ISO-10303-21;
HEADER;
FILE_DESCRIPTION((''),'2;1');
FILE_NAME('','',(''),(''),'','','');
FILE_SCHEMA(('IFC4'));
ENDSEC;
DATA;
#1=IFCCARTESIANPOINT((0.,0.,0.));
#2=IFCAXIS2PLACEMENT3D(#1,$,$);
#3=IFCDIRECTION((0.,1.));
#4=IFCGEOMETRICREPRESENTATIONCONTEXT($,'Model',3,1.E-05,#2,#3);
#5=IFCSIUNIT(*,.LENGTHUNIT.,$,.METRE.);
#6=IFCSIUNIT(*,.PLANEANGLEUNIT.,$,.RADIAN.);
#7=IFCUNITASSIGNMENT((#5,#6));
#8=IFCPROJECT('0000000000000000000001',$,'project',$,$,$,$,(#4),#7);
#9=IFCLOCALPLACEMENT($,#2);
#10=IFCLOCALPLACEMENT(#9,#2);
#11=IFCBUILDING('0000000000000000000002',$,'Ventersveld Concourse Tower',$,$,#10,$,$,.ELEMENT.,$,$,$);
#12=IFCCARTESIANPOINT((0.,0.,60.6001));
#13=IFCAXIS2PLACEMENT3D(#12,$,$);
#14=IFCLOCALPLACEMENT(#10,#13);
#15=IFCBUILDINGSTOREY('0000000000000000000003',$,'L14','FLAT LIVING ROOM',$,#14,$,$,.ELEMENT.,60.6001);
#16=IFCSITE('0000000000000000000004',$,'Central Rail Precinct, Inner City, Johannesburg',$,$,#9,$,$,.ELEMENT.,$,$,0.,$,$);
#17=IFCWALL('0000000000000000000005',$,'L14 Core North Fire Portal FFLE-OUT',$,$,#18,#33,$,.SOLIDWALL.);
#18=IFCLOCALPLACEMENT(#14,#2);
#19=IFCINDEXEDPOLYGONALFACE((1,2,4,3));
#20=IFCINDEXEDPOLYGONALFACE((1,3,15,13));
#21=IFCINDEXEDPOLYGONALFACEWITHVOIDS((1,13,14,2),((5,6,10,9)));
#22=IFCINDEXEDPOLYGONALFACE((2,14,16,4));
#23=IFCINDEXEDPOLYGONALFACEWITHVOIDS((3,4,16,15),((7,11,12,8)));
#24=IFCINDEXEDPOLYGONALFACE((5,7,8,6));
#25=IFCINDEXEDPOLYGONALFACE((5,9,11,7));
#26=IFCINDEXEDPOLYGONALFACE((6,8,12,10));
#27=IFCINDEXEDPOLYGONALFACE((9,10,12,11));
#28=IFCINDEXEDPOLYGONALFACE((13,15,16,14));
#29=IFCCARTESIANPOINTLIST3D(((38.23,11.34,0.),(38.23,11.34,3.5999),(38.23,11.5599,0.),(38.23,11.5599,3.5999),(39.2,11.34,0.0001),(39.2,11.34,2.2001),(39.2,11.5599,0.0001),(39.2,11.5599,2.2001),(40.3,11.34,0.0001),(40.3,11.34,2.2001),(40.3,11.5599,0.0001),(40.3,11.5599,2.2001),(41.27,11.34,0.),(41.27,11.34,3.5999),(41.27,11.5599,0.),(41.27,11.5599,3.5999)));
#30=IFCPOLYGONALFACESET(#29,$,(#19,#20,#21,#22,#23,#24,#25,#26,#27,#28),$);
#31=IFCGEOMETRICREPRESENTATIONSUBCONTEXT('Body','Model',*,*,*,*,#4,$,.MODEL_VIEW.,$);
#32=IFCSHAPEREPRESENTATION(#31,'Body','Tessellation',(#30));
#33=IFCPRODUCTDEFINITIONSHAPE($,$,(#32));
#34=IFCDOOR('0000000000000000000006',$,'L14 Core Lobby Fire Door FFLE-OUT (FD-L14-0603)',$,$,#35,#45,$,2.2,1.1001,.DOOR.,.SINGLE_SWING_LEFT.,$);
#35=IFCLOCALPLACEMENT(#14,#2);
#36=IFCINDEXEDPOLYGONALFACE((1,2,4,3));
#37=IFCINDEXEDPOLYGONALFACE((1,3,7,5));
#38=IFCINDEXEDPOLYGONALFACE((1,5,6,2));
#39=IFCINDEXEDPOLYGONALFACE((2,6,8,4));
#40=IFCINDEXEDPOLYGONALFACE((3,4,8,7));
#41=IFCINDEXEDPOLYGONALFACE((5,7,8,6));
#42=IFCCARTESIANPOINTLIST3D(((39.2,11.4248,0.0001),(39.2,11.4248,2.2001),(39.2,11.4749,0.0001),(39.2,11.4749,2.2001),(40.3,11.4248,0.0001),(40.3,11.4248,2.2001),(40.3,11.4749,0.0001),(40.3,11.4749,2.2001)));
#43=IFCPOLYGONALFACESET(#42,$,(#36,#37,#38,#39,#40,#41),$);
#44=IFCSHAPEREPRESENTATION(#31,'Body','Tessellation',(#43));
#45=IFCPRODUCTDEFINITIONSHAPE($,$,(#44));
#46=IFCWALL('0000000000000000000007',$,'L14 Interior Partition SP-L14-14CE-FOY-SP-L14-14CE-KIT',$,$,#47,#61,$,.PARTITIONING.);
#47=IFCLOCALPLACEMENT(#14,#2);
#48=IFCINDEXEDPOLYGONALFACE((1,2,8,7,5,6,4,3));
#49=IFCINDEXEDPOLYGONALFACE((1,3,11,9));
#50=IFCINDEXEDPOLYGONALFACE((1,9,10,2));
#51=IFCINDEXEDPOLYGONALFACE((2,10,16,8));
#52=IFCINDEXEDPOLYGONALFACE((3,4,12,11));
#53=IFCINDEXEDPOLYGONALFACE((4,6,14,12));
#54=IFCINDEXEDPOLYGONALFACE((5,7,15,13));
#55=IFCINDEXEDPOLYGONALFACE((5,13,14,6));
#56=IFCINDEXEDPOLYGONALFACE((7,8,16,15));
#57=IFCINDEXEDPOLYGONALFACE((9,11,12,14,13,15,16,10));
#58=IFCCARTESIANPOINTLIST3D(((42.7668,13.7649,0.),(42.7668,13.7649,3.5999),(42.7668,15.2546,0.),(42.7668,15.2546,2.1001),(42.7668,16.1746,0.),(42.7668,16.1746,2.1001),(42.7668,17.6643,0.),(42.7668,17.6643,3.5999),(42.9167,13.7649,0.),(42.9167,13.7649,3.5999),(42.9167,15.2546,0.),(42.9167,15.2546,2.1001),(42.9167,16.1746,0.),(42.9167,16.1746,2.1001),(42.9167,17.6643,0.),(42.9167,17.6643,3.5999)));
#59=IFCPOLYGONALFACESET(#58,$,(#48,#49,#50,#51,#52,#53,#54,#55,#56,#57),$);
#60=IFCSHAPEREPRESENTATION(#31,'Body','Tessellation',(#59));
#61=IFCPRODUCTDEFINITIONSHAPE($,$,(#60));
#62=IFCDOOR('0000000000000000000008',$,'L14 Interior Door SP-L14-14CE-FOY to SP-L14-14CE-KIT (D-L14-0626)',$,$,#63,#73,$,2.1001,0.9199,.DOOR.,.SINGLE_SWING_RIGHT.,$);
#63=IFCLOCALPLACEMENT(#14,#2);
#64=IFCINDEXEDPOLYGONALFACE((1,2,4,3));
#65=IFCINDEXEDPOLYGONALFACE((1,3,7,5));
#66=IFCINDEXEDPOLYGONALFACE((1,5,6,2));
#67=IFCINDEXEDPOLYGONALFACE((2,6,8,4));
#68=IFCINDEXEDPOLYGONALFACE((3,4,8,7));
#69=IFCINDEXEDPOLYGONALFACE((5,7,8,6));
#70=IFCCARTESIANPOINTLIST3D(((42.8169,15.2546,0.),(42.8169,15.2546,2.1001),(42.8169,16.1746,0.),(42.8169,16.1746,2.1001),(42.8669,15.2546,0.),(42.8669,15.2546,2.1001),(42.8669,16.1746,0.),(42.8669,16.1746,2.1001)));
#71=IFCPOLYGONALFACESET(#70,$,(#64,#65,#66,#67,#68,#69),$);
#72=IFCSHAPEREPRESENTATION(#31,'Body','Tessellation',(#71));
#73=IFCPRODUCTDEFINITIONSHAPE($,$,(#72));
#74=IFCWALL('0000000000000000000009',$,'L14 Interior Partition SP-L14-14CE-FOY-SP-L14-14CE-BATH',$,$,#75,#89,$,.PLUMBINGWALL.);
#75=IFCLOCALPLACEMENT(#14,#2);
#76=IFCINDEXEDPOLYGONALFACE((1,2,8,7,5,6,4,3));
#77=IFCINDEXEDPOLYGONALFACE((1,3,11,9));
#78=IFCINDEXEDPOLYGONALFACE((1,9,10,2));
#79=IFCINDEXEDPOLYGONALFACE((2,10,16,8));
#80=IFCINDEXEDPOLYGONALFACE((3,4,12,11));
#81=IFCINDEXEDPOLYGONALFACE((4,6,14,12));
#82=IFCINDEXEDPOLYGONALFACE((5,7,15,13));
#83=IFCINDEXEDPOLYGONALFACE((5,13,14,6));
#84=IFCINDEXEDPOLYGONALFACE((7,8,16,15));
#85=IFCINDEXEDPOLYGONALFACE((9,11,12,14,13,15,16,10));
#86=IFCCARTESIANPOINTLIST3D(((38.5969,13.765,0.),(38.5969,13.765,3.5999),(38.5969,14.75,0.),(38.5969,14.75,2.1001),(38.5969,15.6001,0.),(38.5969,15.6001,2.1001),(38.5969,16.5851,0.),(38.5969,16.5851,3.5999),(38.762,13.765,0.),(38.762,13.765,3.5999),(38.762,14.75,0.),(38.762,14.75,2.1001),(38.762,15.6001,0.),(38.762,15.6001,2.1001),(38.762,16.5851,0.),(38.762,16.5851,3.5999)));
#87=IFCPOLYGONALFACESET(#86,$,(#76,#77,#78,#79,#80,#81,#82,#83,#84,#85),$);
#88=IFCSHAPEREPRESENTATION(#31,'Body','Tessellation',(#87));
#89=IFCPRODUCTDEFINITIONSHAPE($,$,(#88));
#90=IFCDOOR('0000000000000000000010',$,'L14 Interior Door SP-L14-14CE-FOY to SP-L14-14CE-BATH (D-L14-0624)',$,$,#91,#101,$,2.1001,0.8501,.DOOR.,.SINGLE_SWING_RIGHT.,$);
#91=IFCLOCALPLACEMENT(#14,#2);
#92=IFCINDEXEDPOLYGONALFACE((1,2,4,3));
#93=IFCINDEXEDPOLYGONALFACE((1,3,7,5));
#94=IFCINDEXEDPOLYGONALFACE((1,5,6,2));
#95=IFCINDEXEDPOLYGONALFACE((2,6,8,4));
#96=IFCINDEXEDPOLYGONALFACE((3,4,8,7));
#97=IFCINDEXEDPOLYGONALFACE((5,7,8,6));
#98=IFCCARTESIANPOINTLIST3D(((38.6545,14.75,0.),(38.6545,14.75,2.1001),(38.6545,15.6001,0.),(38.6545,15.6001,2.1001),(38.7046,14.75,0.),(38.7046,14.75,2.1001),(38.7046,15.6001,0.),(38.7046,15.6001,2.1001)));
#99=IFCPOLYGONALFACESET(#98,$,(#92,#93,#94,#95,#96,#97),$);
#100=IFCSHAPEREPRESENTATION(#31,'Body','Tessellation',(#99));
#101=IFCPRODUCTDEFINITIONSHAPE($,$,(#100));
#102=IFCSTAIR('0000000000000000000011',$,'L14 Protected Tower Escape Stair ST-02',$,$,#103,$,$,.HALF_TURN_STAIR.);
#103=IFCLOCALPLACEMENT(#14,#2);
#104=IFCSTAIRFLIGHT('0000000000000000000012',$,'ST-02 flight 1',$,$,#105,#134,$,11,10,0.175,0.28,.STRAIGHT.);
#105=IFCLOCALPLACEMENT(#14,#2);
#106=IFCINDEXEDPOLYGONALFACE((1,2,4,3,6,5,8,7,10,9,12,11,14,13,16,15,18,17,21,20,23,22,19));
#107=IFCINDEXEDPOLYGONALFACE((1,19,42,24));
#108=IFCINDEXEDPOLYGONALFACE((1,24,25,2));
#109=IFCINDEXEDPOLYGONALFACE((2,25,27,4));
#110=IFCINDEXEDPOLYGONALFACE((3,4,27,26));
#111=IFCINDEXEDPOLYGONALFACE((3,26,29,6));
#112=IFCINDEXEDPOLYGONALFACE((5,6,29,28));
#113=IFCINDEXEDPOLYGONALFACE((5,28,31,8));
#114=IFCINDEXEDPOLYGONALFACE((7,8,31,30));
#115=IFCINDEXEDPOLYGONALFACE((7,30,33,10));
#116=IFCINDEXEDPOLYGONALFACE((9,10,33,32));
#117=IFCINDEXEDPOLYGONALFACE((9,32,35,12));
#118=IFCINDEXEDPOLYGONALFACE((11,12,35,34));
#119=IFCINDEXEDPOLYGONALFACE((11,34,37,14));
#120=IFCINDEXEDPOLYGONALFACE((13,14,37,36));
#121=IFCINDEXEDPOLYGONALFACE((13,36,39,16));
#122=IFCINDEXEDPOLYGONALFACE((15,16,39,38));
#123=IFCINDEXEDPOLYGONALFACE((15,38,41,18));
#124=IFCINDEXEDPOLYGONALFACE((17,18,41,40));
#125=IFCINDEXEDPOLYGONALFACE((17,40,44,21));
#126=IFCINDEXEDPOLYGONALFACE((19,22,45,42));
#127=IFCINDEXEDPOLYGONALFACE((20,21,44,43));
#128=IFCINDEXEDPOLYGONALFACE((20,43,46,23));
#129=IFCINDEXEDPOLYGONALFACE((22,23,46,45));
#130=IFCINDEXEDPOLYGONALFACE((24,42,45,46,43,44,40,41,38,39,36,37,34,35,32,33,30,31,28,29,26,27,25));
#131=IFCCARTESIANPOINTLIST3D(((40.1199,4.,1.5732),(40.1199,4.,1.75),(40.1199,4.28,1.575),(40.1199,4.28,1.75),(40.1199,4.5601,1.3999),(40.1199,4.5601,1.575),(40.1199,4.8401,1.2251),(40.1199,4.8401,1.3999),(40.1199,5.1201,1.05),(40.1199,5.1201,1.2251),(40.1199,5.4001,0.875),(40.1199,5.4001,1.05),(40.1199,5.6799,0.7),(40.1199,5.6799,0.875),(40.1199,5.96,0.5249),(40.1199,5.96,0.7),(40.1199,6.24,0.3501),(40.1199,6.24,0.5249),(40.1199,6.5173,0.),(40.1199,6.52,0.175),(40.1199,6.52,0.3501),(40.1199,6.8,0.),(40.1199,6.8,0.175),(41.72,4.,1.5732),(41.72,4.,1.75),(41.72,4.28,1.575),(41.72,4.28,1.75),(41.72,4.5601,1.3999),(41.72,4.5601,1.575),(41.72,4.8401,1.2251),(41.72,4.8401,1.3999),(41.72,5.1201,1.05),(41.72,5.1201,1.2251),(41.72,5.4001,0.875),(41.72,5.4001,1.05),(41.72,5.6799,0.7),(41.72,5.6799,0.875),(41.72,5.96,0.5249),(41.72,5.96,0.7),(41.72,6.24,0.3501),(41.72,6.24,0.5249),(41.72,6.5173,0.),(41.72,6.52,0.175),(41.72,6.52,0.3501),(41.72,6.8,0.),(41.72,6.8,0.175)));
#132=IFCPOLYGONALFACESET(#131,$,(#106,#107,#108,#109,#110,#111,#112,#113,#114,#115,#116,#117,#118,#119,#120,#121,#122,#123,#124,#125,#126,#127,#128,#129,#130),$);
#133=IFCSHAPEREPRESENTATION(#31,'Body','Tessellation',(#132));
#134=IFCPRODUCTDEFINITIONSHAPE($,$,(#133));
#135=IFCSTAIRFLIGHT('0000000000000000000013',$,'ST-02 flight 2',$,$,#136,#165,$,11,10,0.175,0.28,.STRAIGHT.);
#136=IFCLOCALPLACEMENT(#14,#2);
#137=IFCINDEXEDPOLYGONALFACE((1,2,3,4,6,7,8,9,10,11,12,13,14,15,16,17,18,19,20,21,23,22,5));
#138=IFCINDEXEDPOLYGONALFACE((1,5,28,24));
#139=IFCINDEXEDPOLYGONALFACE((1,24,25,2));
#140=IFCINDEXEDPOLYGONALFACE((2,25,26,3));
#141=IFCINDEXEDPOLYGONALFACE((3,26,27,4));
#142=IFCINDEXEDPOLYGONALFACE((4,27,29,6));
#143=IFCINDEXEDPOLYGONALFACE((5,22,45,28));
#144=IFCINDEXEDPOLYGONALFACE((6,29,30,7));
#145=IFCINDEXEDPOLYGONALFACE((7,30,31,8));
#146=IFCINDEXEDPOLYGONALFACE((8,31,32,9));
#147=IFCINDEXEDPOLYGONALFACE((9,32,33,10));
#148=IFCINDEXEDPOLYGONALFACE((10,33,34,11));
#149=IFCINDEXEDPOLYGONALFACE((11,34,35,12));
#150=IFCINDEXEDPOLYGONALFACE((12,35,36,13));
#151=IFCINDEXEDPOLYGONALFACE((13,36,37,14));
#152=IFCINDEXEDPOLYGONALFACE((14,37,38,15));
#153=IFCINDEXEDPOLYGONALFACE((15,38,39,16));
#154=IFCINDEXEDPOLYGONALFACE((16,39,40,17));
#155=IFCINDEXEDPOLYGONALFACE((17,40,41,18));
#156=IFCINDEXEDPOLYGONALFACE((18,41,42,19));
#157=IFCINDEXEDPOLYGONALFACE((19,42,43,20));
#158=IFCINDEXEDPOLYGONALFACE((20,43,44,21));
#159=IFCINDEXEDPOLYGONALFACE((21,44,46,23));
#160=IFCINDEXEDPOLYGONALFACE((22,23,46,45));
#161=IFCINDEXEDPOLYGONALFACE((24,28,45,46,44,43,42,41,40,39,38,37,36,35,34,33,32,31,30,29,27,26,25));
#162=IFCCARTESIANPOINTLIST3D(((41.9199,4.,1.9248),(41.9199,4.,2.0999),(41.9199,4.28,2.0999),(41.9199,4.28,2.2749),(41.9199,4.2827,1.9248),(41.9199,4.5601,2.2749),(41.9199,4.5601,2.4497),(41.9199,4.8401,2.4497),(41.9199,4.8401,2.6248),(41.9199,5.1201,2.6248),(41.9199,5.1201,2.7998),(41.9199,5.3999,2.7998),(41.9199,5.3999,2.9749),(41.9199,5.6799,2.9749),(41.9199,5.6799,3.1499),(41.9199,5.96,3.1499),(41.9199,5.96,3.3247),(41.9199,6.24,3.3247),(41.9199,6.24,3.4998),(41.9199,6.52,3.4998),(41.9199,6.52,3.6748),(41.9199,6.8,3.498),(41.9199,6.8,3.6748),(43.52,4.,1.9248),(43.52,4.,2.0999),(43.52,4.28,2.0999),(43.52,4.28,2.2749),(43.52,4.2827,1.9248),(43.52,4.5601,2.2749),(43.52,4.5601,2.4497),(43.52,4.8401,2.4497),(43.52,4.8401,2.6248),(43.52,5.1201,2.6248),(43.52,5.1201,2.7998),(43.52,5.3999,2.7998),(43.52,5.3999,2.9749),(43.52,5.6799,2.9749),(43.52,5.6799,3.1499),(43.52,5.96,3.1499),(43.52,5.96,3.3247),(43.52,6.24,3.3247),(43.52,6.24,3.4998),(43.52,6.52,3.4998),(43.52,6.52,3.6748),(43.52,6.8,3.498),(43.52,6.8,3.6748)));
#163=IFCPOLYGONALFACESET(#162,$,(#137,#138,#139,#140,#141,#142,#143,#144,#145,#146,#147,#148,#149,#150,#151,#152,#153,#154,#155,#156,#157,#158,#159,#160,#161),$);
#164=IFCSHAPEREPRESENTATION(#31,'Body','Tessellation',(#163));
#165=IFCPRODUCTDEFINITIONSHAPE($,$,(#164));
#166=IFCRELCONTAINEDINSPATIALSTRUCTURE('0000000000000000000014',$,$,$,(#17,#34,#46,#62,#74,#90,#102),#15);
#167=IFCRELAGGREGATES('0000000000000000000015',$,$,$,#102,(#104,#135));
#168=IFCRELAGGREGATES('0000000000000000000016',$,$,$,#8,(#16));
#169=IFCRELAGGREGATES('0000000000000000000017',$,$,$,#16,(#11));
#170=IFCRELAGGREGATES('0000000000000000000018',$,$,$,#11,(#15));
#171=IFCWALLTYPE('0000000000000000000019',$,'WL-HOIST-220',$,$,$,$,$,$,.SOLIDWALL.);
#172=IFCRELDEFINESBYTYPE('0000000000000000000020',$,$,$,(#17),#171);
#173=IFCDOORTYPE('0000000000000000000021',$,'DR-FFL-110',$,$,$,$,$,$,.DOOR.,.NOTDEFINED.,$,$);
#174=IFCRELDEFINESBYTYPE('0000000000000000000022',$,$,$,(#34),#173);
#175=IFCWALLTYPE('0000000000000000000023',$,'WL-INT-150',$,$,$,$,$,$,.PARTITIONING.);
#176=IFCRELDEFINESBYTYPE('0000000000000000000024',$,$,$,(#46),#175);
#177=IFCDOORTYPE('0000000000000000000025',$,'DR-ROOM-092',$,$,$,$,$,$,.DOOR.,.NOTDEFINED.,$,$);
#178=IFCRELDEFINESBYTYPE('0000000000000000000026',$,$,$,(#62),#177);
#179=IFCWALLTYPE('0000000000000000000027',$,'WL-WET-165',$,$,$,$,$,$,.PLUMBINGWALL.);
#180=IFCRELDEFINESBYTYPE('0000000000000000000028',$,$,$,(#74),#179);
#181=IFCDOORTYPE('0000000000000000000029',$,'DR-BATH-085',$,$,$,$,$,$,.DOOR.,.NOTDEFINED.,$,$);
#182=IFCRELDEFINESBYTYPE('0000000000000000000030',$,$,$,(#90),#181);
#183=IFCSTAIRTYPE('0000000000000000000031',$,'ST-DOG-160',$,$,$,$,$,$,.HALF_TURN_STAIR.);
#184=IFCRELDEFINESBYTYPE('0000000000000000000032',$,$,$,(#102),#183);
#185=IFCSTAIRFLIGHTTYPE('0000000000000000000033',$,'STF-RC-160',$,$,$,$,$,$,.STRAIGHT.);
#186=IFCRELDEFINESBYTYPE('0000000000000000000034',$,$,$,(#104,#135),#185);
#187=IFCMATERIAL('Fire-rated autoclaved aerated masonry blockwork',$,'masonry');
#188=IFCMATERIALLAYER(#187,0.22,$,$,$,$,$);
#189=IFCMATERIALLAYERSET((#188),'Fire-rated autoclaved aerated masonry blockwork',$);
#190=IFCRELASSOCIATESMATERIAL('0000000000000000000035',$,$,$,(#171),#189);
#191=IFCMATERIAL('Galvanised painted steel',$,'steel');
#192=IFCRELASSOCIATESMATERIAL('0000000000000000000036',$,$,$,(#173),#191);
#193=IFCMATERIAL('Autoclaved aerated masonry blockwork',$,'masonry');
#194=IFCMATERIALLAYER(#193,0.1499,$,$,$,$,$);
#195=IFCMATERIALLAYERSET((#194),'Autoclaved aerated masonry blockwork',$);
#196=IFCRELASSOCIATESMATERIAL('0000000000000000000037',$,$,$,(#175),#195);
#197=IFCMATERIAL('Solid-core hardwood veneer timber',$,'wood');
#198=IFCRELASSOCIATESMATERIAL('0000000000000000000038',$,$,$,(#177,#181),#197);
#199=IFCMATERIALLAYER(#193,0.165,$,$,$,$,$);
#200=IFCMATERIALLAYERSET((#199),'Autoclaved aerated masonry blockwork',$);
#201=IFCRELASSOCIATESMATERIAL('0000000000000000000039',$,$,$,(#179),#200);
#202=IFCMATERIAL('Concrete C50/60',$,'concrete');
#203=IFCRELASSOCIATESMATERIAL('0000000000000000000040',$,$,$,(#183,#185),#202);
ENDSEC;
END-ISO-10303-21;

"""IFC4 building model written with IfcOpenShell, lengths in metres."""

from ifc_helpers import new_model, si_unit, direction, frame, frame_2d, origin, place, context, subcontext, project, spatial, polyline, rectangle, outline, extrude, material, layer, layer_set, type_object, element, fill, aggregate, save


model = new_model("IFC4")

# Units and contexts
model_context = context("Model", 3, precision=1e-05, world=origin(), true_north=direction((0.0, 1.0)))
body_context = subcontext(model_context, "Body", "Model", "MODEL_VIEW")
ifc_project = project(units=[si_unit("LENGTHUNIT", "METRE"), si_unit("PLANEANGLEUNIT", "RADIAN")], contexts=[model_context])

# Site, building, storey
site_placement = place(None, origin())
site = spatial("IfcSite", under=ifc_project, at=site_placement, Name="Central Rail Precinct, Inner City, Johannesburg", CompositionType="ELEMENT", RefElevation=0.0)
building_placement = place(site_placement, origin())
building = spatial("IfcBuilding", under=site, at=building_placement, Name="Ventersveld Concourse Tower", CompositionType="ELEMENT")
storey_placement = place(building_placement, frame((0.0, 0.0, 60.6001)))
storey = spatial("IfcBuildingStorey", under=building, at=storey_placement, Name="L14", Description="FLAT LIVING ROOM", CompositionType="ELEMENT", Elevation=60.6001)

# Shared definitions
ifc_material_1 = material(Name="Fire-rated autoclaved aerated masonry blockwork", Category="masonry")
ifc_material_2 = material(Name="Solid-core hardwood veneer timber", Category="wood")

# Walls, openings, doors
ifc_layer_1 = layer(ifc_material_1, 0.22)
ifc_layer_set_1 = layer_set([ifc_layer_1], Name="Fire-rated autoclaved aerated masonry blockwork")
wall_type_1 = type_object("IfcWallType", Name="WL-HOIST-220", PredefinedType="SOLIDWALL", material=ifc_layer_set_1)
ifc_material_3 = material(Name="Galvanised painted steel", Category="steel")
wall_1_placement = place(storey_placement, frame((38.23, 11.45, 0.0), z_axis=(0.0, 0.0, 1.0), x_axis=(1.0, 0.0, 0.0)))
wall_1 = element("IfcWall", 1, at=wall_1_placement, inside=storey, type_object=wall_type_1, Name="L14 Core North Fire Portal FFLE-OUT", PredefinedType="SOLIDWALL", context=body_context, shape_type="SweptSolid", body=[
    extrude(rectangle(XDim=3.04, YDim=0.22, at=frame_2d((1.52, 0.0))), origin(), (0.0, 0.0, 1.0), 3.5999),
])
opening_1_placement = place(wall_1_placement, frame((0.97, 0.0, 0.0)))
opening_1 = element("IfcOpeningElement", 2, at=opening_1_placement, cuts=wall_1, PredefinedType="OPENING", context=body_context, shape_type="SweptSolid", body=[
    extrude(rectangle(XDim=1.1001, YDim=2.2, at=frame_2d((0.55, 1.1001))), frame((0.0, 0.1201, 0.0), z_axis=(0.0, -1.0, 0.0), x_axis=(1.0, 0.0, 0.0)), (0.0, 0.0, 1.0), 0.24),
])
door_type_1 = type_object("IfcDoorType", Name="DR-FFL-110", OperationType="NOTDEFINED", PredefinedType="DOOR", material=ifc_material_3)
door_1_placement = place(opening_1_placement, origin())
door_1 = element("IfcDoor", 3, at=door_1_placement, inside=storey, type_object=door_type_1, Name="L14 Core Lobby Fire Door FFLE-OUT (FD-L14-0603)", OperationType="SINGLE_SWING_LEFT", OverallHeight=2.2, OverallWidth=1.1001, PredefinedType="DOOR", context=body_context, shape_type="SweptSolid", body=[
    extrude(rectangle(XDim=1.1001, YDim=2.2, at=frame_2d((0.55, 1.1001))), frame((0.0, 0.0249, 0.0), z_axis=(0.0, -1.0, 0.0), x_axis=(1.0, 0.0, 0.0)), (0.0, 0.0, 1.0), 0.05),
])
fill(opening_1, door_1)
ifc_material_4 = material(Name="Autoclaved aerated masonry blockwork", Category="masonry")
ifc_layer_2 = layer(ifc_material_4, 0.1499)
ifc_layer_set_2 = layer_set([ifc_layer_2], Name="Autoclaved aerated masonry blockwork")
wall_type_2 = type_object("IfcWallType", Name="WL-INT-150", PredefinedType="PARTITIONING", material=ifc_layer_set_2)
wall_2_placement = place(storey_placement, frame((42.8418, 13.7649, 0.0), z_axis=(0.0, 0.0, 1.0), x_axis=(0.0, 1.0, 0.0)))
wall_2 = element("IfcWall", 4, at=wall_2_placement, inside=storey, type_object=wall_type_2, Name="L14 Interior Partition SP-L14-14CE-FOY-SP-L14-14CE-KIT", PredefinedType="PARTITIONING", context=body_context, shape_type="SweptSolid", body=[
    extrude(rectangle(XDim=3.8994, YDim=0.1499, at=frame_2d((1.9497, 0.0))), origin(), (0.0, 0.0, 1.0), 3.5999),
])
opening_2_placement = place(wall_2_placement, frame((1.4897, 0.0, 0.0)))
opening_2 = element("IfcOpeningElement", 5, at=opening_2_placement, cuts=wall_2, PredefinedType="OPENING", context=body_context, shape_type="SweptSolid", body=[
    extrude(rectangle(XDim=0.9199, YDim=2.1001, at=frame_2d((0.46, 1.05))), frame((0.0, 0.085, 0.0), z_axis=(0.0, -1.0, 0.0), x_axis=(1.0, 0.0, 0.0)), (0.0, 0.0, 1.0), 0.1699),
])
door_type_2 = type_object("IfcDoorType", Name="DR-ROOM-092", OperationType="NOTDEFINED", PredefinedType="DOOR", material=ifc_material_2)
door_2_placement = place(opening_2_placement, origin())
door_2 = element("IfcDoor", 6, at=door_2_placement, inside=storey, type_object=door_type_2, Name="L14 Interior Door SP-L14-14CE-FOY to SP-L14-14CE-KIT (D-L14-0626)", OperationType="SINGLE_SWING_RIGHT", OverallHeight=2.1001, OverallWidth=0.9199, PredefinedType="DOOR", context=body_context, shape_type="SweptSolid", body=[
    extrude(rectangle(XDim=0.9199, YDim=2.1001, at=frame_2d((0.46, 1.05))), frame((0.0, 0.0249, 0.0), z_axis=(0.0, -1.0, 0.0), x_axis=(1.0, 0.0, 0.0)), (0.0, 0.0, 1.0), 0.05),
])
fill(opening_2, door_2)
ifc_layer_3 = layer(ifc_material_4, 0.165)
ifc_layer_set_3 = layer_set([ifc_layer_3], Name="Autoclaved aerated masonry blockwork")
wall_type_3 = type_object("IfcWallType", Name="WL-WET-165", PredefinedType="PLUMBINGWALL", material=ifc_layer_set_3)
wall_3_placement = place(storey_placement, frame((38.6794, 13.7649, 0.0), z_axis=(0.0, 0.0, 1.0), x_axis=(0.0, 1.0, 0.0)))
wall_3 = element("IfcWall", 7, at=wall_3_placement, inside=storey, type_object=wall_type_3, Name="L14 Interior Partition SP-L14-14CE-FOY-SP-L14-14CE-BATH", PredefinedType="PLUMBINGWALL", context=body_context, shape_type="SweptSolid", body=[
    extrude(rectangle(XDim=2.8201, YDim=0.165, at=frame_2d((1.4102, 0.0))), origin(), (0.0, 0.0, 1.0), 3.5999),
])
opening_3_placement = place(wall_3_placement, frame((0.9851, 0.0, 0.0)))
opening_3 = element("IfcOpeningElement", 8, at=opening_3_placement, cuts=wall_3, PredefinedType="OPENING", context=body_context, shape_type="SweptSolid", body=[
    extrude(rectangle(XDim=0.8501, YDim=2.1001, at=frame_2d((0.425, 1.05))), frame((0.0, 0.0925, 0.0), z_axis=(0.0, -1.0, 0.0), x_axis=(1.0, 0.0, 0.0)), (0.0, 0.0, 1.0), 0.1851),
])
door_type_3 = type_object("IfcDoorType", Name="DR-BATH-085", OperationType="NOTDEFINED", PredefinedType="DOOR", material=ifc_material_2)
door_3_placement = place(opening_3_placement, origin())
door_3 = element("IfcDoor", 9, at=door_3_placement, inside=storey, type_object=door_type_3, Name="L14 Interior Door SP-L14-14CE-FOY to SP-L14-14CE-BATH (D-L14-0624)", OperationType="SINGLE_SWING_RIGHT", OverallHeight=2.1001, OverallWidth=0.8501, PredefinedType="DOOR", context=body_context, shape_type="SweptSolid", body=[
    extrude(rectangle(XDim=0.8501, YDim=2.1001, at=frame_2d((0.425, 1.05))), frame((0.0, 0.0249, 0.0), z_axis=(0.0, -1.0, 0.0), x_axis=(1.0, 0.0, 0.0)), (0.0, 0.0, 1.0), 0.05),
])
fill(opening_3, door_3)

# Stair, stair flights
ifc_material_5 = material(Name="Concrete C50/60", Category="concrete")
stair_type = type_object("IfcStairType", Name="ST-DOG-160", PredefinedType="HALF_TURN_STAIR", material=ifc_material_5)
stair_placement = place(storey_placement, origin())
stair = element("IfcStair", 10, at=stair_placement, inside=storey, type_object=stair_type, Name="L14 Protected Tower Escape Stair ST-02", PredefinedType="HALF_TURN_STAIR")
stair_flight_type = type_object("IfcStairFlightType", Name="STF-RC-160", PredefinedType="STRAIGHT", material=ifc_material_5)
stair_flight_1_placement = place(storey_placement, frame((40.9199, 6.8, 0.0), z_axis=(0.0, 0.0, 1.0), x_axis=(0.0, -1.0, 0.0)))
stair_flight_1 = element("IfcStairFlight", 11, at=stair_flight_1_placement, type_object=stair_flight_type, Name="ST-02 flight 1", NumberOfRisers=11, NumberOfTreads=10, PredefinedType="STRAIGHT", RiserHeight=0.175, TreadLength=0.28, context=body_context, shape_type="SweptSolid", body=[
    extrude(outline(polyline([(0.0, 0.0), (0.0, 0.175), (0.28, 0.175), (0.28, 0.3501), (0.5601, 0.3501), (0.5601, 0.5249), (0.8401, 0.5249), (0.8401, 0.7), (1.1201, 0.7), (1.1201, 0.875), (1.3999, 0.875), (1.3999, 1.05), (1.6799, 1.05), (1.6799, 1.2251), (1.96, 1.2251), (1.96, 1.3999), (2.24, 1.3999), (2.24, 1.575), (2.52, 1.575), (2.52, 1.75), (2.8, 1.75), (2.8, 1.925), (2.8, 1.5732), (0.2827, 0.0), (0.0, 0.0)])), frame((0.0, 0.8, 0.0), z_axis=(0.0, -1.0, 0.0), x_axis=(1.0, 0.0, 0.0)), (0.0, 0.0, 1.0), 1.6001),
])
stair_flight_2_placement = place(storey_placement, frame((42.72, 4.0, 1.9248), z_axis=(0.0, 0.0, 1.0), x_axis=(0.0, 1.0, 0.0)))
stair_flight_2 = element("IfcStairFlight", 12, at=stair_flight_2_placement, type_object=stair_flight_type, Name="ST-02 flight 2", NumberOfRisers=11, NumberOfTreads=10, PredefinedType="STRAIGHT", RiserHeight=0.175, TreadLength=0.28, context=body_context, shape_type="SweptSolid", body=[
    extrude(outline(polyline([(0.0, 0.0), (0.0, 0.175), (0.28, 0.175), (0.28, 0.3501), (0.5601, 0.3501), (0.5601, 0.5249), (0.8401, 0.5249), (0.8401, 0.7), (1.1201, 0.7), (1.1201, 0.875), (1.3999, 0.875), (1.3999, 1.05), (1.6799, 1.05), (1.6799, 1.2251), (1.96, 1.2251), (1.96, 1.3999), (2.24, 1.3999), (2.24, 1.575), (2.52, 1.575), (2.52, 1.75), (2.8, 1.75), (2.8, 1.925), (2.8, 1.5732), (0.2827, 0.0), (0.0, 0.0)])), frame((0.0, 0.8, 0.0), z_axis=(0.0, -1.0, 0.0), x_axis=(1.0, 0.0, 0.0)), (0.0, 0.0, 1.0), 1.6001),
])
aggregate(stair, [stair_flight_1, stair_flight_2])

save(model, "model.ifc")
